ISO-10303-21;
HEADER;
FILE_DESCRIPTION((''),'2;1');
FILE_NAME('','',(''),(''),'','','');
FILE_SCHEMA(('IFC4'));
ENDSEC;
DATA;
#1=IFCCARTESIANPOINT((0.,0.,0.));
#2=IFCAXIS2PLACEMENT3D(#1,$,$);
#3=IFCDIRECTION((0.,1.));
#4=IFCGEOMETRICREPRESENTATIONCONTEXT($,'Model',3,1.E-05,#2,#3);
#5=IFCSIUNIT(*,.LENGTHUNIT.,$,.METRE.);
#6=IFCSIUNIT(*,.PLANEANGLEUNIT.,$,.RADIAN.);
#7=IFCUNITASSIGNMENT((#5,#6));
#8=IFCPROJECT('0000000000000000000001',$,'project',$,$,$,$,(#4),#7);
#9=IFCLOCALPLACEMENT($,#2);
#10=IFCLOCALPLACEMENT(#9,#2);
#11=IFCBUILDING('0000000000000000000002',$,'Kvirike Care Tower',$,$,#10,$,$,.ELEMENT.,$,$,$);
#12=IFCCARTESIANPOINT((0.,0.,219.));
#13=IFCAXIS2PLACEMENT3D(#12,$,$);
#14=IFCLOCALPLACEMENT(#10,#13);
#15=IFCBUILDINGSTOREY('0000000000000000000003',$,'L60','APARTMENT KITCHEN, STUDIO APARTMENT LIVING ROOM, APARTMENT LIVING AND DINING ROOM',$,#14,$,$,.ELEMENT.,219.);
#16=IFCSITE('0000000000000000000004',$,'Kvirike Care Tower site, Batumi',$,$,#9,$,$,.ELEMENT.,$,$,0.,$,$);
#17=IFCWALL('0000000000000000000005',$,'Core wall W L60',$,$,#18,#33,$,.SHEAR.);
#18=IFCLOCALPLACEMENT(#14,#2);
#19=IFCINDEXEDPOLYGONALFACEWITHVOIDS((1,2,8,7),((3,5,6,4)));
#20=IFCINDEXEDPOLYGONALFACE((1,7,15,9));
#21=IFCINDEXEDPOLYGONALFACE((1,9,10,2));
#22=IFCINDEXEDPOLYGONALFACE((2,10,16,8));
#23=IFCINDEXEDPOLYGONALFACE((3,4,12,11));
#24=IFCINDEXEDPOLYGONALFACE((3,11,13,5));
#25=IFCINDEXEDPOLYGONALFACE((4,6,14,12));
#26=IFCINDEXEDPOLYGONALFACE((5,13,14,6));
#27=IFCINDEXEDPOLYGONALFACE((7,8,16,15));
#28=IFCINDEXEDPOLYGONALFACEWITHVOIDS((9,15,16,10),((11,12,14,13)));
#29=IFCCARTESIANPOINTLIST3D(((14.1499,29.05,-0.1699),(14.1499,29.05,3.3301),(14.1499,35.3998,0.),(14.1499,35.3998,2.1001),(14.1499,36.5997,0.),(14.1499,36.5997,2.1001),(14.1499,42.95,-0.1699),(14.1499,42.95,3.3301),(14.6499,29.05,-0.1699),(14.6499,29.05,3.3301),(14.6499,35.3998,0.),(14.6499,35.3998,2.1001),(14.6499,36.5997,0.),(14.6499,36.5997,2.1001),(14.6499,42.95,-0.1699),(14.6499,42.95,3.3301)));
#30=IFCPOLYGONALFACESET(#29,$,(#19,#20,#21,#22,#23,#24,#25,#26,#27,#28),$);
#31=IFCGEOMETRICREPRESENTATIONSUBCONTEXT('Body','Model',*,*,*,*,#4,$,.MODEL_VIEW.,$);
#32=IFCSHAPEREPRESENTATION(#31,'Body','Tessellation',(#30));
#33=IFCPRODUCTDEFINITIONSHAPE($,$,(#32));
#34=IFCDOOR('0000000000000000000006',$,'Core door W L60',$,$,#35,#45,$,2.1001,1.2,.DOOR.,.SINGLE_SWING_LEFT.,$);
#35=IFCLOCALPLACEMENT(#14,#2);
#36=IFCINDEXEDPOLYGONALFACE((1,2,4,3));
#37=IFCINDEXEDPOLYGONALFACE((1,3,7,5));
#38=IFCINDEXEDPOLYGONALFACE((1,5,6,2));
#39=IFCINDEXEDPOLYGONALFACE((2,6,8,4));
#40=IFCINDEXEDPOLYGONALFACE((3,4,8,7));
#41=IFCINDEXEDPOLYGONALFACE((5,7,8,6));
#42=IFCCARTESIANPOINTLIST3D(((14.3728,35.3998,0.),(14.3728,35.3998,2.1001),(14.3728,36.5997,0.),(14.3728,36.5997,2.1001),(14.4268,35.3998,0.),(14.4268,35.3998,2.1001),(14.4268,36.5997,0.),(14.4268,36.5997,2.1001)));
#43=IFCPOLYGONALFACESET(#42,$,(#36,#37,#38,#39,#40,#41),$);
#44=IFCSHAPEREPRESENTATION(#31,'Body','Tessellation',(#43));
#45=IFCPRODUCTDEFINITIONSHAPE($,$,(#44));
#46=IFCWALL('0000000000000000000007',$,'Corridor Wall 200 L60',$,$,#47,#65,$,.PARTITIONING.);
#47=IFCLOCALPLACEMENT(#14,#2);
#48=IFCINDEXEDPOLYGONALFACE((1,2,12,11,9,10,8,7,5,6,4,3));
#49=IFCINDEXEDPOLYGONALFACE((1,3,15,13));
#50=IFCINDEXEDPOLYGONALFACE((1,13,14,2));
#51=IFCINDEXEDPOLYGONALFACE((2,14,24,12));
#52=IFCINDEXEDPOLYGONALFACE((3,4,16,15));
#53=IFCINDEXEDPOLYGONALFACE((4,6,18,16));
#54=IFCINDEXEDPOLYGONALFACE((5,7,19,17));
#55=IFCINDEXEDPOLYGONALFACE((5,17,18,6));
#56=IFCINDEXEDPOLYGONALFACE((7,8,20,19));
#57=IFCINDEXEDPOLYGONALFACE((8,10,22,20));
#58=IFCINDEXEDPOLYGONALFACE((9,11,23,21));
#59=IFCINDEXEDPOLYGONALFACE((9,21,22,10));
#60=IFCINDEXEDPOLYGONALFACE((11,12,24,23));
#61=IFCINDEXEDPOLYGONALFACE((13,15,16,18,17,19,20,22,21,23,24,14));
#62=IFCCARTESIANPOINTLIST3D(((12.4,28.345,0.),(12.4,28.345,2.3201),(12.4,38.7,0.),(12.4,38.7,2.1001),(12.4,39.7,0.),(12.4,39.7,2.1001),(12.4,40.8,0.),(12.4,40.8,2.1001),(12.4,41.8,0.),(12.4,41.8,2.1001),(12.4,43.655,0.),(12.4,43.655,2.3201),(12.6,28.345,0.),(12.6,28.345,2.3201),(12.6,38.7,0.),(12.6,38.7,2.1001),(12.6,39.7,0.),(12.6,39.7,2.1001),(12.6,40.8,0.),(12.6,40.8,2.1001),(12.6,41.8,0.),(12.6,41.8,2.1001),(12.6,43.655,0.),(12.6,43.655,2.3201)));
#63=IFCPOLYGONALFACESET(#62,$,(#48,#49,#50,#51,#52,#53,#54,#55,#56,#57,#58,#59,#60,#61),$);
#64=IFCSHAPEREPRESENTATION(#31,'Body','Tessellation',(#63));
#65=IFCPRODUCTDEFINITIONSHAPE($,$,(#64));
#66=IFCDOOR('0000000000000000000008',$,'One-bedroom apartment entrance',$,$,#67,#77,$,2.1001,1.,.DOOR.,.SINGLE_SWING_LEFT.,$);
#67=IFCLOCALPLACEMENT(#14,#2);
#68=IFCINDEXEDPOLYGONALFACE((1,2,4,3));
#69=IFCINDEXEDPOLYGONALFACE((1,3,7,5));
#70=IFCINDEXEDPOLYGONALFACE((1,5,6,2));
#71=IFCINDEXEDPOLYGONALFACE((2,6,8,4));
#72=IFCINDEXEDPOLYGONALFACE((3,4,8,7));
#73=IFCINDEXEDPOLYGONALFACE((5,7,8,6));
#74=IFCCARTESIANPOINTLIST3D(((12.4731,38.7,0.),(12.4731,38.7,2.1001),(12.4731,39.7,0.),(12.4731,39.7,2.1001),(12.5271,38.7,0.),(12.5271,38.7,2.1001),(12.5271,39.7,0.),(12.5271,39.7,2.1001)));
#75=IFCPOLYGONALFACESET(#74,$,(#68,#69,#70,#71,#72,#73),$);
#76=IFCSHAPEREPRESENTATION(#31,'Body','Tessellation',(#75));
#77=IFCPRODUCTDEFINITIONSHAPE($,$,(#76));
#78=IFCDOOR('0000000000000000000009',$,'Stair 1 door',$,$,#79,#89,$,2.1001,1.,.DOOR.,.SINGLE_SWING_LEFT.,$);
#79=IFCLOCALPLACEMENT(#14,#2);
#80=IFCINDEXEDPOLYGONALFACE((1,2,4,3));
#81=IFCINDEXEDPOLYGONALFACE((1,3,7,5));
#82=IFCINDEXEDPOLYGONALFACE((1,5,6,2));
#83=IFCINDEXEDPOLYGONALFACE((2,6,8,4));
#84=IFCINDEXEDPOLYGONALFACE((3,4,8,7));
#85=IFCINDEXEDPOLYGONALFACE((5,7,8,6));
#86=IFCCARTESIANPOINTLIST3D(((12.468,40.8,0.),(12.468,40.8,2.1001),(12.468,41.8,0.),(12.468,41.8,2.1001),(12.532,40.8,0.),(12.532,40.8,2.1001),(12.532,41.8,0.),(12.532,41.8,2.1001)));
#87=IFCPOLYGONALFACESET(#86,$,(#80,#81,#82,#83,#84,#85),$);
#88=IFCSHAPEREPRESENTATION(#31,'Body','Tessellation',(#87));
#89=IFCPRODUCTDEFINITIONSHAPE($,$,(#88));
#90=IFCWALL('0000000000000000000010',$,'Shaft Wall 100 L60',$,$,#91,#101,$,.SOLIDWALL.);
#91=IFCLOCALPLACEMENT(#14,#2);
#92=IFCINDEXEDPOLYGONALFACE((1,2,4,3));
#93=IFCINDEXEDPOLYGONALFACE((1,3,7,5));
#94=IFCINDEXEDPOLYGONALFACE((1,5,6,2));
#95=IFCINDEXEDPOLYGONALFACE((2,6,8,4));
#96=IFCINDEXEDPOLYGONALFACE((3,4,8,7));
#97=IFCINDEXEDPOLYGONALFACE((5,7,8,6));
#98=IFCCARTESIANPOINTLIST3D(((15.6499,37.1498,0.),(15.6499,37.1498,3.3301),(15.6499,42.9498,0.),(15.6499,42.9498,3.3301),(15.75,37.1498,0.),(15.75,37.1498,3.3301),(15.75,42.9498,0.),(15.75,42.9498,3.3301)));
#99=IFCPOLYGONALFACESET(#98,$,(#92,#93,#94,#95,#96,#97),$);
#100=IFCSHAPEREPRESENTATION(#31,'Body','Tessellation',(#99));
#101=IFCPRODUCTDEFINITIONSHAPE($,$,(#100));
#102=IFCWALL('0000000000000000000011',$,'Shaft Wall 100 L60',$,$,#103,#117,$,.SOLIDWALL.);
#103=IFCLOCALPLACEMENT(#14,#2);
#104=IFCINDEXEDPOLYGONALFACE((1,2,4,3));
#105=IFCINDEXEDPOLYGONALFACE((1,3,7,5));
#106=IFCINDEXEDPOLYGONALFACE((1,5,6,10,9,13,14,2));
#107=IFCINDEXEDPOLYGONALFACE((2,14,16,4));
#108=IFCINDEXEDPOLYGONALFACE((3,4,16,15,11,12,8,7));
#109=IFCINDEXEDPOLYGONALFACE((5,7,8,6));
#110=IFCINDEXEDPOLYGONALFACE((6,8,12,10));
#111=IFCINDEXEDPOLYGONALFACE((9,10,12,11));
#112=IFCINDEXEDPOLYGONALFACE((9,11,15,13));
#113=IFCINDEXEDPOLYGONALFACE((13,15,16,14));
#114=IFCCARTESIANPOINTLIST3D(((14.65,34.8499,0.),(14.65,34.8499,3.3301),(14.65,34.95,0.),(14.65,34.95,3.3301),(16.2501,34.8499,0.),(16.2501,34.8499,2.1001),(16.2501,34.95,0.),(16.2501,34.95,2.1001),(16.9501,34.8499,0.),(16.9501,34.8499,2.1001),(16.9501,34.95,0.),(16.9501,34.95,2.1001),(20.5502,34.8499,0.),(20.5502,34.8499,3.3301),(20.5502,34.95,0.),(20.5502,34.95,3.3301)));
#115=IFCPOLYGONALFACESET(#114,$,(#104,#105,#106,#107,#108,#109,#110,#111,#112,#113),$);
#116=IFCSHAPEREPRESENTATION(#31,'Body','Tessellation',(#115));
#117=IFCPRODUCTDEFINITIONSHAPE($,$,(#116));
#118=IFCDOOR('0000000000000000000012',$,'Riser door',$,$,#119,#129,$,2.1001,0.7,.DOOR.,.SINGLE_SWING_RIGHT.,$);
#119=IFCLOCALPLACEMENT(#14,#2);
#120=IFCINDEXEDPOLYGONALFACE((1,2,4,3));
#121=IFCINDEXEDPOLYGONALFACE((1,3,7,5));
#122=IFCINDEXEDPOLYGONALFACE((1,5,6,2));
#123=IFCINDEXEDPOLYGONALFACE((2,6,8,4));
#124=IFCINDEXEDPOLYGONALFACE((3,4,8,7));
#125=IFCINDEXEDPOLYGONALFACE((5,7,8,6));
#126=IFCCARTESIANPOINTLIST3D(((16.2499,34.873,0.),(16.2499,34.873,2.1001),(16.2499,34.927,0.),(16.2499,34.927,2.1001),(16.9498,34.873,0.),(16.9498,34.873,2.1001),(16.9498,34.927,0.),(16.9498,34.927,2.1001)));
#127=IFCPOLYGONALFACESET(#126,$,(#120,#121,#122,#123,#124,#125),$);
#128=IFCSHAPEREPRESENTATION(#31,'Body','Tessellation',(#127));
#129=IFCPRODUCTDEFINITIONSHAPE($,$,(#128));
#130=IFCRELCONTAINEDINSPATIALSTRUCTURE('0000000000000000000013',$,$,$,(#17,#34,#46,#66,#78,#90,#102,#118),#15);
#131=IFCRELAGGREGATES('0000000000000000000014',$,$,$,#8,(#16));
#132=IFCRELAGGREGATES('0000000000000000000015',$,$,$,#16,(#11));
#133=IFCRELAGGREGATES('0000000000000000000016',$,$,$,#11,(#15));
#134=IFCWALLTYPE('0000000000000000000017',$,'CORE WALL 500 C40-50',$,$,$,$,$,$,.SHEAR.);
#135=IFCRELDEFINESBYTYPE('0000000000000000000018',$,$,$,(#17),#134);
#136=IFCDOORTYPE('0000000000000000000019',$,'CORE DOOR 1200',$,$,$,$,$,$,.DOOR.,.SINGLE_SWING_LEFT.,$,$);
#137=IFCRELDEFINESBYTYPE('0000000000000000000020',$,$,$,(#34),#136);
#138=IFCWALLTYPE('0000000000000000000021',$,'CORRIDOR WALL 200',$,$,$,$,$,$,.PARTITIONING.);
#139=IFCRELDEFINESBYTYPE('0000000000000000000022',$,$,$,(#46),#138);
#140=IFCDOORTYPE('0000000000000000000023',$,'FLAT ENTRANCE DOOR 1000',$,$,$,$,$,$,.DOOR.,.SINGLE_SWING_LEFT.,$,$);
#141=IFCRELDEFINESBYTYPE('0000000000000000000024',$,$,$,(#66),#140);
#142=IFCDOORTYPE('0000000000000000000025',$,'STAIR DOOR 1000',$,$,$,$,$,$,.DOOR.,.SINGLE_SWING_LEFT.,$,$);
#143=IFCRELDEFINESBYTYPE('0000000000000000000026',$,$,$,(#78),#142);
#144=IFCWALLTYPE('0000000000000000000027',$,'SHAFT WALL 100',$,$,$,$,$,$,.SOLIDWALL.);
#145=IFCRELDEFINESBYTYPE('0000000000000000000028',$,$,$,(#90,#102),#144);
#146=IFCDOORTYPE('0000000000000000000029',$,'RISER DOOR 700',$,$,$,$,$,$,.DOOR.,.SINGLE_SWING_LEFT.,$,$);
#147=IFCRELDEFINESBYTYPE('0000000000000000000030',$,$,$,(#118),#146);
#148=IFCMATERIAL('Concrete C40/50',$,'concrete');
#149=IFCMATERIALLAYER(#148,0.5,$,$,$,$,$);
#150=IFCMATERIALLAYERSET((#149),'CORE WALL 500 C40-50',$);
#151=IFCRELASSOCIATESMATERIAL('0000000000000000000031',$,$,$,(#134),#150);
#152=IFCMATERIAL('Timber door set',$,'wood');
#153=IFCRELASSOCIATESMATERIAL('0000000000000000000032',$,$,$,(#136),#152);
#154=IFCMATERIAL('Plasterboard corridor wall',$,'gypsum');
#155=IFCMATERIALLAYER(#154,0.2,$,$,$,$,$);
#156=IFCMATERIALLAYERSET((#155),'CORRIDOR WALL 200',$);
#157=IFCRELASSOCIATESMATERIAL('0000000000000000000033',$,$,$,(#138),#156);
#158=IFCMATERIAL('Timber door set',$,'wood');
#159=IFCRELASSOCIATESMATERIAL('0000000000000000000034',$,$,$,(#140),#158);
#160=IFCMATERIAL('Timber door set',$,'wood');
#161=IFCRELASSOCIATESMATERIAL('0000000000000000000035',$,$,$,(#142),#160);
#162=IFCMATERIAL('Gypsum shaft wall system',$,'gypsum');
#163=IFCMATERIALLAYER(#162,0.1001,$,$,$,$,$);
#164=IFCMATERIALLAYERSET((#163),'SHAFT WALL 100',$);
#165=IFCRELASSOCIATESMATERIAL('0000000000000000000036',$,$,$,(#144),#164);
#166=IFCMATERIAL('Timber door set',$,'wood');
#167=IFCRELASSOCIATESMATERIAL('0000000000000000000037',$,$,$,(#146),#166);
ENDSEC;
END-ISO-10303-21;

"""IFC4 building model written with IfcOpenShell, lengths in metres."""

from ifc_helpers import new_model, si_unit, direction, frame, frame_2d, origin, place, context, subcontext, project, spatial, rectangle, extrude, material, layer, layer_set, type_object, element, fill, save


model = new_model("IFC4")

# Units and contexts
model_context = context("Model", 3, precision=1e-05, world=origin(), true_north=direction((0.0, 1.0)))
body_context = subcontext(model_context, "Body", "Model", "MODEL_VIEW")
ifc_project = project(units=[si_unit("LENGTHUNIT", "METRE"), si_unit("PLANEANGLEUNIT", "RADIAN")], contexts=[model_context])

# Site, building, storey
site_placement = place(None, origin())
site = spatial("IfcSite", under=ifc_project, at=site_placement, Name="Kvirike Care Tower site, Batumi", CompositionType="ELEMENT", RefElevation=0.0)
building_placement = place(site_placement, origin())
building = spatial("IfcBuilding", under=site, at=building_placement, Name="Kvirike Care Tower", CompositionType="ELEMENT")
storey_placement = place(building_placement, frame((0.0, 0.0, 219.0)))
storey = spatial("IfcBuildingStorey", under=building, at=storey_placement, Name="L60", Description="APARTMENT KITCHEN, STUDIO APARTMENT LIVING ROOM, APARTMENT LIVING AND DINING ROOM", CompositionType="ELEMENT", Elevation=219.0)

# Wall, opening, door
ifc_material_1 = material(Name="Concrete C40/50", Category="concrete")
ifc_layer_1 = layer(ifc_material_1, 0.5)
ifc_layer_set_1 = layer_set([ifc_layer_1], Name="CORE WALL 500 C40-50")
wall_type_1 = type_object("IfcWallType", Name="CORE WALL 500 C40-50", PredefinedType="SHEAR", material=ifc_layer_set_1)
wall_1_placement = place(storey_placement, frame((14.3999, 42.95, -0.1699), z_axis=(0.0, 0.0, 1.0), x_axis=(0.0, -1.0, 0.0)))
wall_1 = element("IfcWall", 1, at=wall_1_placement, inside=storey, type_object=wall_type_1, Name="Core wall W L60", PredefinedType="SHEAR", context=body_context, shape_type="SweptSolid", body=[
    extrude(rectangle(XDim=13.8999, YDim=0.5, at=frame_2d((6.95, 0.0))), origin(), (0.0, 0.0, 1.0), 3.5),
])
opening_1_placement = place(wall_1_placement, frame((6.3501, 0.0, 0.1699)))
opening_1 = element("IfcOpeningElement", 2, at=opening_1_placement, cuts=wall_1, PredefinedType="OPENING", context=body_context, shape_type="SweptSolid", body=[
    extrude(rectangle(XDim=1.2, YDim=2.1001, at=frame_2d((0.6001, 1.05))), frame((0.0, 0.2605, 0.0), z_axis=(0.0, -1.0, 0.0), x_axis=(1.0, 0.0, 0.0)), (0.0, 0.0, 1.0), 0.521),
])
ifc_material_2 = material(Name="Timber door set", Category="wood")
door_type_1 = type_object("IfcDoorType", Name="CORE DOOR 1200", OperationType="SINGLE_SWING_LEFT", PredefinedType="DOOR", material=ifc_material_2)
door_1_placement = place(opening_1_placement, origin())
door_1 = element("IfcDoor", 3, at=door_1_placement, inside=storey, type_object=door_type_1, Name="Core door W L60", OperationType="SINGLE_SWING_LEFT", OverallHeight=2.1001, OverallWidth=1.2, PredefinedType="DOOR", context=body_context, shape_type="SweptSolid", body=[
    extrude(rectangle(XDim=1.2, YDim=2.1001, at=frame_2d((0.6001, 1.05))), frame((0.0, 0.0269, 0.0), z_axis=(0.0, -1.0, 0.0), x_axis=(1.0, 0.0, 0.0)), (0.0, 0.0, 1.0), 0.054),
])
fill(opening_1, door_1)

# Wall, openings, doors
ifc_material_3 = material(Name="Plasterboard corridor wall", Category="gypsum")
ifc_layer_2 = layer(ifc_material_3, 0.2)
ifc_layer_set_2 = layer_set([ifc_layer_2], Name="CORRIDOR WALL 200")
wall_type_2 = type_object("IfcWallType", Name="CORRIDOR WALL 200", PredefinedType="PARTITIONING", material=ifc_layer_set_2)
wall_2_placement = place(storey_placement, frame((12.5, 43.655, 0.0), z_axis=(0.0, 0.0, 1.0), x_axis=(0.0, -1.0, 0.0)))
wall_2 = element("IfcWall", 4, at=wall_2_placement, inside=storey, type_object=wall_type_2, Name="Corridor Wall 200 L60", PredefinedType="PARTITIONING", context=body_context, shape_type="SweptSolid", body=[
    extrude(rectangle(XDim=15.3101, YDim=0.2, at=frame_2d((7.655, 0.0))), origin(), (0.0, 0.0, 1.0), 2.3201),
])
opening_2_placement = place(wall_2_placement, frame((1.855, 0.0, 0.0)))
opening_2 = element("IfcOpeningElement", 5, at=opening_2_placement, cuts=wall_2, PredefinedType="OPENING", context=body_context, shape_type="SweptSolid", body=[
    extrude(rectangle(XDim=1.0, YDim=2.1001, at=frame_2d((0.5, 1.05))), frame((0.0, 0.1106, 0.0), z_axis=(0.0, -1.0, 0.0), x_axis=(1.0, 0.0, 0.0)), (0.0, 0.0, 1.0), 0.2209),
])
opening_3_placement = place(wall_2_placement, frame((3.9551, 0.0, 0.0)))
opening_3 = element("IfcOpeningElement", 6, at=opening_3_placement, cuts=wall_2, PredefinedType="OPENING", context=body_context, shape_type="SweptSolid", body=[
    extrude(rectangle(XDim=1.0, YDim=2.1001, at=frame_2d((0.5, 1.05))), frame((0.0, 0.1106, 0.0), z_axis=(0.0, -1.0, 0.0), x_axis=(1.0, 0.0, 0.0)), (0.0, 0.0, 1.0), 0.2209),
])
ifc_material_4 = material(Name="Timber door set", Category="wood")
door_type_2 = type_object("IfcDoorType", Name="FLAT ENTRANCE DOOR 1000", OperationType="SINGLE_SWING_LEFT", PredefinedType="DOOR", material=ifc_material_4)
door_2_placement = place(opening_3_placement, frame((1.0, 0.0, 0.0), z_axis=(0.0, 0.0, 1.0), x_axis=(-1.0, 0.0, 0.0)))
door_2 = element("IfcDoor", 7, at=door_2_placement, inside=storey, type_object=door_type_2, Name="One-bedroom apartment entrance", OperationType="SINGLE_SWING_LEFT", OverallHeight=2.1001, OverallWidth=1.0, PredefinedType="DOOR", context=body_context, shape_type="SweptSolid", body=[
    extrude(rectangle(XDim=1.0, YDim=2.1001, at=frame_2d((0.5, 1.05))), frame((0.0, 0.0269, 0.0), z_axis=(0.0, -1.0, 0.0), x_axis=(1.0, 0.0, 0.0)), (0.0, 0.0, 1.0), 0.054),
])
fill(opening_3, door_2)
ifc_material_5 = material(Name="Timber door set", Category="wood")
door_type_3 = type_object("IfcDoorType", Name="STAIR DOOR 1000", OperationType="SINGLE_SWING_LEFT", PredefinedType="DOOR", material=ifc_material_5)
door_3_placement = place(opening_2_placement, frame((1.0, 0.0, 0.0), z_axis=(0.0, 0.0, 1.0), x_axis=(-1.0, 0.0, 0.0)))
door_3 = element("IfcDoor", 8, at=door_3_placement, inside=storey, type_object=door_type_3, Name="Stair 1 door", OperationType="SINGLE_SWING_LEFT", OverallHeight=2.1001, OverallWidth=1.0, PredefinedType="DOOR", context=body_context, shape_type="SweptSolid", body=[
    extrude(rectangle(XDim=1.0, YDim=2.1001, at=frame_2d((0.5, 1.05))), frame((0.0, 0.032, 0.0), z_axis=(0.0, -1.0, 0.0), x_axis=(1.0, 0.0, 0.0)), (0.0, 0.0, 1.0), 0.064),
])
fill(opening_2, door_3)

# Wall
ifc_material_6 = material(Name="Gypsum shaft wall system", Category="gypsum")
ifc_layer_3 = layer(ifc_material_6, 0.1001)
ifc_layer_set_3 = layer_set([ifc_layer_3], Name="SHAFT WALL 100")
wall_type_3 = type_object("IfcWallType", Name="SHAFT WALL 100", PredefinedType="SOLIDWALL", material=ifc_layer_set_3)
wall_3_placement = place(storey_placement, frame((15.7, 37.1499, 0.0), z_axis=(0.0, 0.0, 1.0), x_axis=(0.0, 1.0, 0.0)))
element("IfcWall", 9, at=wall_3_placement, inside=storey, type_object=wall_type_3, Name="Shaft Wall 100 L60", PredefinedType="SOLIDWALL", context=body_context, shape_type="SweptSolid", body=[
    extrude(rectangle(XDim=5.8, YDim=0.1001, at=frame_2d((2.8999, 0.0))), origin(), (0.0, 0.0, 1.0), 3.3301),
])

# Wall, opening, door
wall_4_placement = place(storey_placement, frame((14.6499, 34.8999, 0.0), z_axis=(0.0, 0.0, 1.0), x_axis=(1.0, 0.0, 0.0)))
wall_4 = element("IfcWall", 10, at=wall_4_placement, inside=storey, type_object=wall_type_3, Name="Shaft Wall 100 L60", PredefinedType="SOLIDWALL", context=body_context, shape_type="SweptSolid", body=[
    extrude(rectangle(XDim=5.9001, YDim=0.1001, at=frame_2d((2.9502, 0.0))), origin(), (0.0, 0.0, 1.0), 3.3301),
])
opening_4_placement = place(wall_4_placement, frame((1.6001, 0.0, 0.0)))
opening_4 = element("IfcOpeningElement", 11, at=opening_4_placement, cuts=wall_4, PredefinedType="OPENING", context=body_context, shape_type="SweptSolid", body=[
    extrude(rectangle(XDim=0.7, YDim=2.1001, at=frame_2d((0.3501, 1.05))), frame((0.0, 0.0605, 0.0), z_axis=(0.0, -1.0, 0.0), x_axis=(1.0, 0.0, 0.0)), (0.0, 0.0, 1.0), 0.1211),
])
ifc_material_7 = material(Name="Timber door set", Category="wood")
door_type_4 = type_object("IfcDoorType", Name="RISER DOOR 700", OperationType="SINGLE_SWING_LEFT", PredefinedType="DOOR", material=ifc_material_7)
door_4_placement = place(opening_4_placement, frame((0.7, 0.0, 0.0), z_axis=(0.0, 0.0, 1.0), x_axis=(-1.0, 0.0, 0.0)))
door_4 = element("IfcDoor", 12, at=door_4_placement, inside=storey, type_object=door_type_4, Name="Riser door", OperationType="SINGLE_SWING_RIGHT", OverallHeight=2.1001, OverallWidth=0.7, PredefinedType="DOOR", context=body_context, shape_type="SweptSolid", body=[
    extrude(rectangle(XDim=0.7, YDim=2.1001, at=frame_2d((0.3501, 1.05))), frame((0.0, 0.0269, 0.0), z_axis=(0.0, -1.0, 0.0), x_axis=(1.0, 0.0, 0.0)), (0.0, 0.0, 1.0), 0.054),
])
fill(opening_4, door_4)

save(model, "model.ifc")
